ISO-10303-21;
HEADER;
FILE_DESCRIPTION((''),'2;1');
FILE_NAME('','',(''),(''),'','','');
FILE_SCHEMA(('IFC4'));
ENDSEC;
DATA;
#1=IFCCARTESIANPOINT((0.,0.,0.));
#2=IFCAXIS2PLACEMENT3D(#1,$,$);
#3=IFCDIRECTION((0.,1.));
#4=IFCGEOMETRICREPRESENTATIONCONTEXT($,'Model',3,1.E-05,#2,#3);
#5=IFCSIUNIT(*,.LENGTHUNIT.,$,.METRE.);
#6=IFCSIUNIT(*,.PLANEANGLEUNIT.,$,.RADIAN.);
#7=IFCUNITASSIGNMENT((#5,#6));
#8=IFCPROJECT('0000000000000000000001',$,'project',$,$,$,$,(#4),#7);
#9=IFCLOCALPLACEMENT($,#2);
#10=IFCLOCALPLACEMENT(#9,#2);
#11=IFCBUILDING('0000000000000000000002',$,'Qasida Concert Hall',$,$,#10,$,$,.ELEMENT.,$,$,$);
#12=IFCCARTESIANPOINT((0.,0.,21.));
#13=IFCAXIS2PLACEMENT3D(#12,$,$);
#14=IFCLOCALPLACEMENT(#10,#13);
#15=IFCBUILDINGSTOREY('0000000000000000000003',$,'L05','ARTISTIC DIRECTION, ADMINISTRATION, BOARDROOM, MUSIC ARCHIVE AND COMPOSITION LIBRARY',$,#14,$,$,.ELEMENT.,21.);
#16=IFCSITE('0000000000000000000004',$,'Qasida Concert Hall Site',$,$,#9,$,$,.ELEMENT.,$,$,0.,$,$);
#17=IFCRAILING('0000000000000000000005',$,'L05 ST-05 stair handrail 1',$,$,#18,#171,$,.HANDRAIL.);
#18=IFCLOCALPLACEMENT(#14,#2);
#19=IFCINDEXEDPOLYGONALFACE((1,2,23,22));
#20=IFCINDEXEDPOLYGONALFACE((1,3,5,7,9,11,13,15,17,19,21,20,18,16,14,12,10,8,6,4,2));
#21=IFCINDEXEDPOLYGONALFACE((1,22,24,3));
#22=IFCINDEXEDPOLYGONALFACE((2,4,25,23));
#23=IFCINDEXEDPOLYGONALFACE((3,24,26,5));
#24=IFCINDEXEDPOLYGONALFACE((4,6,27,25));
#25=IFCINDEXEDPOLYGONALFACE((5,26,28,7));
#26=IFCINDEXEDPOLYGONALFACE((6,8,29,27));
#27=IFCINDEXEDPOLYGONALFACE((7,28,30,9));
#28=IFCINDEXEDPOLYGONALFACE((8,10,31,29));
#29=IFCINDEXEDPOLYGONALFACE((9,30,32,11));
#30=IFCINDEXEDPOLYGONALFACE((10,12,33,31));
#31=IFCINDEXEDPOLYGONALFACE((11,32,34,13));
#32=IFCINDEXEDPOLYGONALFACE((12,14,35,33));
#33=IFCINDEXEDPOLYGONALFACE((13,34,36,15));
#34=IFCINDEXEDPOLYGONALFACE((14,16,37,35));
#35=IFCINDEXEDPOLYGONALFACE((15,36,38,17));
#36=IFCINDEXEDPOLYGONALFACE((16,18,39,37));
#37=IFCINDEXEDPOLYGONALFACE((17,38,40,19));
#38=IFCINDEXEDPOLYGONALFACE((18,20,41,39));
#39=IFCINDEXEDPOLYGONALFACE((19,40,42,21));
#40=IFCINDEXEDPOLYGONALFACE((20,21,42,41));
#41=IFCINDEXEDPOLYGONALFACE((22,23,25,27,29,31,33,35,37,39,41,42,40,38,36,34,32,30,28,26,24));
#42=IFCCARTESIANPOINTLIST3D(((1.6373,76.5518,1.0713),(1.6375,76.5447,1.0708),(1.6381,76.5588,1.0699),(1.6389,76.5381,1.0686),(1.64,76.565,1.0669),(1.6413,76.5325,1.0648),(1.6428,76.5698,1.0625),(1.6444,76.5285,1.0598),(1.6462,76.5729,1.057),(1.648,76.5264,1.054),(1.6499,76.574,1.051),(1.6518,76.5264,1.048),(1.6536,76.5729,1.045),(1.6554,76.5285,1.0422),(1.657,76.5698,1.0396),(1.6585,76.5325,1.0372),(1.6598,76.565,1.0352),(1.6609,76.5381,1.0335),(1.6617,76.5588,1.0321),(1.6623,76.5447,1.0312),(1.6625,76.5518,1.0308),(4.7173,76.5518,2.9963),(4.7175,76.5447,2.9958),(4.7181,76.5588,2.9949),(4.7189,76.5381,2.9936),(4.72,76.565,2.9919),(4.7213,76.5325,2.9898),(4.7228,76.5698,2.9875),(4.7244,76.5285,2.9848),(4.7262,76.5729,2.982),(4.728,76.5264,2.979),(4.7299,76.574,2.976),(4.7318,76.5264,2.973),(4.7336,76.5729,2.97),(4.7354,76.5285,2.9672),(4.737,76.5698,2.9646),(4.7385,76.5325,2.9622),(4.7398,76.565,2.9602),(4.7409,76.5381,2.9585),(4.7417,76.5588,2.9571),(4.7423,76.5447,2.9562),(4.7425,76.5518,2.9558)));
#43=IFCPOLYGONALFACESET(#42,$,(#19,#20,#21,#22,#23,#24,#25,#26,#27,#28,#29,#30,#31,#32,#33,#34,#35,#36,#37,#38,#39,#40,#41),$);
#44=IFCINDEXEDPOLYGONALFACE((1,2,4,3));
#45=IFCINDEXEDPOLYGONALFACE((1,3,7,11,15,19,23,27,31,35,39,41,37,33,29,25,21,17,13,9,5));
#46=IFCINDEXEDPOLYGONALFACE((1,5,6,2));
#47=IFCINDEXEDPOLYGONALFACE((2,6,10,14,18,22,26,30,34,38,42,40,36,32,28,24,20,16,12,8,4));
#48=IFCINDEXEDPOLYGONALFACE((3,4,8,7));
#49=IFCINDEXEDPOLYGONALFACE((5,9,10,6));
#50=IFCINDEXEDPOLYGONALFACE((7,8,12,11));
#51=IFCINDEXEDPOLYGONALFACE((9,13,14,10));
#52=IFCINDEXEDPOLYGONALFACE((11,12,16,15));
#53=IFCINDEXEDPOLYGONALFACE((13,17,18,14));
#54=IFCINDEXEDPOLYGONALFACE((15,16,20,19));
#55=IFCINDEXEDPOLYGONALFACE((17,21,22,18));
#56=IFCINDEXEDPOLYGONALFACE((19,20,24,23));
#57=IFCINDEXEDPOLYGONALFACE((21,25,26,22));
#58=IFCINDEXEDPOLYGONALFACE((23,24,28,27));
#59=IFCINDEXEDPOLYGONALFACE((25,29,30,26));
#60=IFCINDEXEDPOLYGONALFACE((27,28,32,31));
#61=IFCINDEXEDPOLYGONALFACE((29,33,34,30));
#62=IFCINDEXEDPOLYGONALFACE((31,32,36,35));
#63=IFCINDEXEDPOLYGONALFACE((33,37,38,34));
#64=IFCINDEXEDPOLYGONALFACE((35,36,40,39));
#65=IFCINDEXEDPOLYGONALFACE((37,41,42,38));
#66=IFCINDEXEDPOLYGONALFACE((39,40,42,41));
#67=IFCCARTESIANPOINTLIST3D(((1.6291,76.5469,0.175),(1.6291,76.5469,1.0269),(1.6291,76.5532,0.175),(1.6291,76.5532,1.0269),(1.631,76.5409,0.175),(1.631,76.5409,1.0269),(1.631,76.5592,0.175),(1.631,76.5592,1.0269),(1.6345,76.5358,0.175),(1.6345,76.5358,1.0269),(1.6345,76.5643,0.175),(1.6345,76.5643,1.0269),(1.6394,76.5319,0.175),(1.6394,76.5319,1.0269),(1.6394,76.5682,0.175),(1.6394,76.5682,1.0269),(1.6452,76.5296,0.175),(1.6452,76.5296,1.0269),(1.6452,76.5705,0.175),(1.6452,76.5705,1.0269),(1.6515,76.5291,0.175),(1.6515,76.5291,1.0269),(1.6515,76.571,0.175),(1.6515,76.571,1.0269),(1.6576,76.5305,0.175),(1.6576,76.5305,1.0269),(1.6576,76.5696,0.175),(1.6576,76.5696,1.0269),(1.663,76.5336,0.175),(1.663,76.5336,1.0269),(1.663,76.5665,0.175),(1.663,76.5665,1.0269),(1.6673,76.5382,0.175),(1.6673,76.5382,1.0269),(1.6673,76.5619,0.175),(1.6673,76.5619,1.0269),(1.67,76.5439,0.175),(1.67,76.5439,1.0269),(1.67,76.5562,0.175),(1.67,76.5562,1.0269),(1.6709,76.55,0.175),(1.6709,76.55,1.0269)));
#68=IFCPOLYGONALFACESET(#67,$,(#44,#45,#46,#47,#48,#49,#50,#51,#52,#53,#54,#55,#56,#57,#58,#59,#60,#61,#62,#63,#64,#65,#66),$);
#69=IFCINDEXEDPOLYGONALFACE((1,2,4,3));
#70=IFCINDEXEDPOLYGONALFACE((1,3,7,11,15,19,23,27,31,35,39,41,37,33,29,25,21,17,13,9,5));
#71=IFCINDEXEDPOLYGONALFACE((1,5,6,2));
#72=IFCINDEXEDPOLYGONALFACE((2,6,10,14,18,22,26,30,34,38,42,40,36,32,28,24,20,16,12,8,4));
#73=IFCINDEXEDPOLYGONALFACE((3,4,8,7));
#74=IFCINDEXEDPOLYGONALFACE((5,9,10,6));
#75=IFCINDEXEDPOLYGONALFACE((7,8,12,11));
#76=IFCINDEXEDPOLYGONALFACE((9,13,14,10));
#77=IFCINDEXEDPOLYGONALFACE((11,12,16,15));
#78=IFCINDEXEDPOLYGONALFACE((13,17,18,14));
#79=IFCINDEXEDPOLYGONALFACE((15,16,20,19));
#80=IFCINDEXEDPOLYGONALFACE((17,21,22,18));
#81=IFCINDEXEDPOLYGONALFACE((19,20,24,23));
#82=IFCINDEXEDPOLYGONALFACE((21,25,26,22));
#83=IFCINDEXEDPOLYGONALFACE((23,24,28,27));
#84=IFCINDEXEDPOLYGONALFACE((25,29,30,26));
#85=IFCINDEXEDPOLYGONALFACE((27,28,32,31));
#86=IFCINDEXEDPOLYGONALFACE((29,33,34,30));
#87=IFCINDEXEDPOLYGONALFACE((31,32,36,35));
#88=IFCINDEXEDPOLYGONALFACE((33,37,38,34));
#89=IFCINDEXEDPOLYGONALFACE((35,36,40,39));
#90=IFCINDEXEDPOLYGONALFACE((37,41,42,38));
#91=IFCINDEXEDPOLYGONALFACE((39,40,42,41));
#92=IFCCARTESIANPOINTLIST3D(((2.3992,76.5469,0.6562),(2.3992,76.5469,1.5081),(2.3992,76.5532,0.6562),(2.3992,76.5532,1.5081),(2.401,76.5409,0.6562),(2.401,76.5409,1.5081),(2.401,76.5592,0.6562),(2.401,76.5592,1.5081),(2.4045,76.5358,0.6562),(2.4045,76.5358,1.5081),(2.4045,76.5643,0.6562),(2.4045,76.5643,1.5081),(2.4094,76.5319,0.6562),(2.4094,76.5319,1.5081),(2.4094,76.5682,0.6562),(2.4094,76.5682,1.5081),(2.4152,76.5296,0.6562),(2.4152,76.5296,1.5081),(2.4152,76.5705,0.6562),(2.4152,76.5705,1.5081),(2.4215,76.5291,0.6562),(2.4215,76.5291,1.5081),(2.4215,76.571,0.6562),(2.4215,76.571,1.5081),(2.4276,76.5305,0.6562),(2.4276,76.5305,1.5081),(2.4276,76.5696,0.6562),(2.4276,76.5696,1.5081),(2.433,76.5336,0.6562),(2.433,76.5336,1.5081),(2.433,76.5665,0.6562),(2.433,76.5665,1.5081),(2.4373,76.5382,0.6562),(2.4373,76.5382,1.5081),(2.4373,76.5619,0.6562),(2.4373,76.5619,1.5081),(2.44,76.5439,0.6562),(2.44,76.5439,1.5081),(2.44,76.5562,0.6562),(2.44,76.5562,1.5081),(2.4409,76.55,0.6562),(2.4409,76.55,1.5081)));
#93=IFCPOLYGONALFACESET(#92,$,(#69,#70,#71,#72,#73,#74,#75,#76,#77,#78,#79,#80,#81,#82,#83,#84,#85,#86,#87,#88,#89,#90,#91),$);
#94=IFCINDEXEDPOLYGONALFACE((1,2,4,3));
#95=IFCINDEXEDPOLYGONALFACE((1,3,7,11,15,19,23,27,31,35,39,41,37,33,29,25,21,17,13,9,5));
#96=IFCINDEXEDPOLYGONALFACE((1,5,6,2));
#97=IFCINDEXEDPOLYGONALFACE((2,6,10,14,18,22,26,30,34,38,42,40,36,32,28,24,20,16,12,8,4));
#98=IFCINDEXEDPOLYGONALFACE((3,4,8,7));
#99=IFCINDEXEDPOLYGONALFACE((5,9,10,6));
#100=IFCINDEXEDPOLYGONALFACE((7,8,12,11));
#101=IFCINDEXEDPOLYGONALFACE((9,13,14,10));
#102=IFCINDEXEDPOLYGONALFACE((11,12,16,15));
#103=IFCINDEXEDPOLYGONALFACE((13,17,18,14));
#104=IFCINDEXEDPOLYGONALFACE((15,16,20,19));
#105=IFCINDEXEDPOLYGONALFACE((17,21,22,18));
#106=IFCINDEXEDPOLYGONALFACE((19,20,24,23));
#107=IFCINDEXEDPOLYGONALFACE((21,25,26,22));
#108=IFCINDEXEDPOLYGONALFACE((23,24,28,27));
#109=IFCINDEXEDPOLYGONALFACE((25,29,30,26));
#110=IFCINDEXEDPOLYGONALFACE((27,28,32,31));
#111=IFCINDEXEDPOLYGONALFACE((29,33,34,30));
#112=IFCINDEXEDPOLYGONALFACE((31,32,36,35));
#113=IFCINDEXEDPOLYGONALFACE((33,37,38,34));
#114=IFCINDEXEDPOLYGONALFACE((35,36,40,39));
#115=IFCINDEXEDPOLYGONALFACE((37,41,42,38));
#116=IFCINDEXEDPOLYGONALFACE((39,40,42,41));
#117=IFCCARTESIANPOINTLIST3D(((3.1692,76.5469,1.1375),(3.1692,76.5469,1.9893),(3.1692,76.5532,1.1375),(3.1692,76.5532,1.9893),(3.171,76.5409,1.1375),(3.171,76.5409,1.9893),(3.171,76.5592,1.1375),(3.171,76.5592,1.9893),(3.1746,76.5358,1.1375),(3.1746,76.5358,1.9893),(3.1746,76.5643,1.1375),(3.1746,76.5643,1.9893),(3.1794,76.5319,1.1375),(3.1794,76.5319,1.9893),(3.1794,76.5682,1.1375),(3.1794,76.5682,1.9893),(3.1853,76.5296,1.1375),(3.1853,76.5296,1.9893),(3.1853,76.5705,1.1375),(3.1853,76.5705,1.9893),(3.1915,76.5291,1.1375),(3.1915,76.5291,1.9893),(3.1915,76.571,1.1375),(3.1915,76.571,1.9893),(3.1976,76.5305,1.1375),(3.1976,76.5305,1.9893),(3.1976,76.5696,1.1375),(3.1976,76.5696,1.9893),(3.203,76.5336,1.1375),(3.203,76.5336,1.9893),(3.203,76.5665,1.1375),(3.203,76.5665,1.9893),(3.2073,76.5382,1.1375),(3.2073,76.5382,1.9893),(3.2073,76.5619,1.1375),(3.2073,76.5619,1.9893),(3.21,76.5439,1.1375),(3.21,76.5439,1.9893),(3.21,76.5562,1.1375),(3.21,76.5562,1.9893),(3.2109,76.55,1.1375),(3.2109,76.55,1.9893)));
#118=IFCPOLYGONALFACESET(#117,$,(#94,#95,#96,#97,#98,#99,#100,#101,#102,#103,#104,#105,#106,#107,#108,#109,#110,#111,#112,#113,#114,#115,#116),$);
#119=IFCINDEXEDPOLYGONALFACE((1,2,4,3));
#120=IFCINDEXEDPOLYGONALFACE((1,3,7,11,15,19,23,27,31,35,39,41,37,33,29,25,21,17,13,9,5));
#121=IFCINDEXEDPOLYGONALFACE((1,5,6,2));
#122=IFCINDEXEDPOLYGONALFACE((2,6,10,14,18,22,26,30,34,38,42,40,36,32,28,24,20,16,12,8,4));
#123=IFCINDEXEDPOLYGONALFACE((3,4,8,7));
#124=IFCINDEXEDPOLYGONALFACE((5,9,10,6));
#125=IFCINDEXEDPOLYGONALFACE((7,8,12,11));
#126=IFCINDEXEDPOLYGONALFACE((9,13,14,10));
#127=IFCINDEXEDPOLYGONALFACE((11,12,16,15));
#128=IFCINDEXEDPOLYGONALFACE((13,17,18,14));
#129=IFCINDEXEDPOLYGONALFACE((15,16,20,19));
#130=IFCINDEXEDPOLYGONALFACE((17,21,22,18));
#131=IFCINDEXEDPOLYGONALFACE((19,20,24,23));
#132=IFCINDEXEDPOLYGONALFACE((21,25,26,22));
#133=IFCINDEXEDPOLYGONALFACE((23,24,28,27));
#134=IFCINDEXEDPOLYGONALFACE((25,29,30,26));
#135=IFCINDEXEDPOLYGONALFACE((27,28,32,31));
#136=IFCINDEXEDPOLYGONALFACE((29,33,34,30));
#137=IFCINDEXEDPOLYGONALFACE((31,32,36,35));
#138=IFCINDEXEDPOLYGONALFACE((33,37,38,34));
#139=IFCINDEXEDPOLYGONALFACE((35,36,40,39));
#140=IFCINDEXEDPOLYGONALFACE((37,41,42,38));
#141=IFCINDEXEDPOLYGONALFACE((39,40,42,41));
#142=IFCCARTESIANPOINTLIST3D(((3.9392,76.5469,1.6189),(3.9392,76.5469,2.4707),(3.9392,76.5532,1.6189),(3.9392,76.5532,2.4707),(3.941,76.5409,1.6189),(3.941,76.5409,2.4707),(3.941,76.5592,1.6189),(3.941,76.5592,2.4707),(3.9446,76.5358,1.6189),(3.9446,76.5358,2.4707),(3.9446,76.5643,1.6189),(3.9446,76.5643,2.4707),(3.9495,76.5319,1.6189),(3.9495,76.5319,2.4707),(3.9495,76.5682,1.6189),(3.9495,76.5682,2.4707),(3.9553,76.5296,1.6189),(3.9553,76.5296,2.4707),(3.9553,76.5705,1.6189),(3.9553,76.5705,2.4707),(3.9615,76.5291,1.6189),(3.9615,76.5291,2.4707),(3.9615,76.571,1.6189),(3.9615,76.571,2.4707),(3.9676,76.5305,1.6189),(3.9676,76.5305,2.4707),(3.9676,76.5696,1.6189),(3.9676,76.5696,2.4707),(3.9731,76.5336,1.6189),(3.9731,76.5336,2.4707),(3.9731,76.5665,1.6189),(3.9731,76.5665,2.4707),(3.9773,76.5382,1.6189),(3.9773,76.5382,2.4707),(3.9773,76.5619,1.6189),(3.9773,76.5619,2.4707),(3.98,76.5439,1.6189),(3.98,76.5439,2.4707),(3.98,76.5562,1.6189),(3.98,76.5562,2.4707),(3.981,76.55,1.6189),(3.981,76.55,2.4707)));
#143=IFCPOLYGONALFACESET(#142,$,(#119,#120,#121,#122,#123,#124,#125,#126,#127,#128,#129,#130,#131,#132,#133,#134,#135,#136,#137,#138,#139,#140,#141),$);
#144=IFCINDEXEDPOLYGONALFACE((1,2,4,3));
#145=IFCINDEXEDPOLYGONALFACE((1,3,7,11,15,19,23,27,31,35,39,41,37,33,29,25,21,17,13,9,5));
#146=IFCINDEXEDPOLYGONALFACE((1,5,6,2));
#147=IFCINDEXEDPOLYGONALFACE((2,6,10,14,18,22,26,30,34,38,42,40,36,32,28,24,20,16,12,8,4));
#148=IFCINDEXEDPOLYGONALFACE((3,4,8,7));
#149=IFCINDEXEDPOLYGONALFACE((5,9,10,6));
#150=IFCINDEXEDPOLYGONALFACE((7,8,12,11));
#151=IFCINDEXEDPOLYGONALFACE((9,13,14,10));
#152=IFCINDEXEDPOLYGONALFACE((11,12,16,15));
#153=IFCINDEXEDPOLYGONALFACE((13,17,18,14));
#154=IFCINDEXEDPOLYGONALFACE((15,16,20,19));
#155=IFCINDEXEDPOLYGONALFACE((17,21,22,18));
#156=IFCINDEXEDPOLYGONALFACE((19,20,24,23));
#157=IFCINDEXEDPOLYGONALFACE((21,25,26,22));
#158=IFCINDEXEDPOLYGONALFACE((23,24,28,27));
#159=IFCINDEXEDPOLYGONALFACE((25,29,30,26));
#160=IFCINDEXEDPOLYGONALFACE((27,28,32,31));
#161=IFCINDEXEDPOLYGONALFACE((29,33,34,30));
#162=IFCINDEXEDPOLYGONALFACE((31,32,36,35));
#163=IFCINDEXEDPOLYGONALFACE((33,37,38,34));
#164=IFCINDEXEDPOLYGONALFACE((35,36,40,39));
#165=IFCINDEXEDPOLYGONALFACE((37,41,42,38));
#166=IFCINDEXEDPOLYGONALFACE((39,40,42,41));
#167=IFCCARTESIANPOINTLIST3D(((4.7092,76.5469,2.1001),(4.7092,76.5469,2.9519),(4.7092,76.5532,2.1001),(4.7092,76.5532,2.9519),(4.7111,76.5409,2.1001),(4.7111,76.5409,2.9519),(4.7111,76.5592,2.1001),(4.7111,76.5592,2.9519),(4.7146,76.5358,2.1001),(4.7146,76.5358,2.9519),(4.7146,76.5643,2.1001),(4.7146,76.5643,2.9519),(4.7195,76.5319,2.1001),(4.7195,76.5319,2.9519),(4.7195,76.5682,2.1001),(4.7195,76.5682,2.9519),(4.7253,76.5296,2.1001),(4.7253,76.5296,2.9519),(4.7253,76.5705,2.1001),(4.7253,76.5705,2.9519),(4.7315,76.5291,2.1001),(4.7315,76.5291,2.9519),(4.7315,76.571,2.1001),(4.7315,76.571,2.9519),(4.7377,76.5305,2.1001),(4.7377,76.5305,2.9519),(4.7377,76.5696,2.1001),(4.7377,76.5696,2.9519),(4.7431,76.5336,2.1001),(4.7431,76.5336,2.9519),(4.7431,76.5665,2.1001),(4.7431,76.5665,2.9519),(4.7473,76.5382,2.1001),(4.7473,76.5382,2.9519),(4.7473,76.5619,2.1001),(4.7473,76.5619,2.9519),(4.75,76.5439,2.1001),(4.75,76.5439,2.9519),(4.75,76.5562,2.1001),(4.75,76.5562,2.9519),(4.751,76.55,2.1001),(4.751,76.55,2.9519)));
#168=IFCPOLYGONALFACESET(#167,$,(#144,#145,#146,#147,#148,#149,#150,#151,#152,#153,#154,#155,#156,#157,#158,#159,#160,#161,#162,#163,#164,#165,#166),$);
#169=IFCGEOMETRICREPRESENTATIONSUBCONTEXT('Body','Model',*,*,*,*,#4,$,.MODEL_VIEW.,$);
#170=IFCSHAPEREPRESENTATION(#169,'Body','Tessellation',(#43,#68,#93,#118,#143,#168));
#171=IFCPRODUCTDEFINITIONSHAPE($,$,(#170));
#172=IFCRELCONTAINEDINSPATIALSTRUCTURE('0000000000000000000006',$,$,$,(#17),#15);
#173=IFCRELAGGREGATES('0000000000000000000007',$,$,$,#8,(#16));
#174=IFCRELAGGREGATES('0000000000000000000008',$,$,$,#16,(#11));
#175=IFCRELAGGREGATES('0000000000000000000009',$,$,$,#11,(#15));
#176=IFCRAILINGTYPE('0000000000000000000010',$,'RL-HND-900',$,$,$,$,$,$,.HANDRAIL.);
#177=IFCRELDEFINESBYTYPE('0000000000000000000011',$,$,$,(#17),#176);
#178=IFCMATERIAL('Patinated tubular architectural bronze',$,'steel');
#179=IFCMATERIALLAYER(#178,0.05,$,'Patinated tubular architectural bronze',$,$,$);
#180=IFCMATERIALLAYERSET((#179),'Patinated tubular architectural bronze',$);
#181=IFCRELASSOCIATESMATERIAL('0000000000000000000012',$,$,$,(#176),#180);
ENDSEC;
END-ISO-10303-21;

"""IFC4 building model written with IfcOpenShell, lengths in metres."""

from ifc_helpers import new_model, si_unit, direction, frame, origin, origin_2d, place, context, subcontext, project, spatial, circle, extrude, material, layer, layer_set, type_object, element, save


model = new_model("IFC4")

# Units and contexts
model_context = context("Model", 3, precision=1e-05, world=origin(), true_north=direction((0.0, 1.0)))
body_context = subcontext(model_context, "Body", "Model", "MODEL_VIEW")
ifc_project = project(units=[si_unit("LENGTHUNIT", "METRE"), si_unit("PLANEANGLEUNIT", "RADIAN")], contexts=[model_context])

# Site, building, storey
site_placement = place(None, origin())
site = spatial("IfcSite", under=ifc_project, at=site_placement, Name="Qasida Concert Hall Site", CompositionType="ELEMENT", RefElevation=0.0)
building_placement = place(site_placement, origin())
building = spatial("IfcBuilding", under=site, at=building_placement, Name="Qasida Concert Hall", CompositionType="ELEMENT")
storey_placement = place(building_placement, frame((0.0, 0.0, 21.0)))
storey = spatial("IfcBuildingStorey", under=building, at=storey_placement, Name="L05", Description="ARTISTIC DIRECTION, ADMINISTRATION, BOARDROOM, MUSIC ARCHIVE AND COMPOSITION LIBRARY", CompositionType="ELEMENT", Elevation=21.0)

# Railing
ifc_material_1 = material(Name="Patinated tubular architectural bronze", Category="steel")
ifc_layer_1 = layer(ifc_material_1, 0.05, Name="Patinated tubular architectural bronze")
ifc_layer_set_1 = layer_set([ifc_layer_1], Name="Patinated tubular architectural bronze")
railing_type_1 = type_object("IfcRailingType", Name="RL-HND-900", PredefinedType="HANDRAIL", material=ifc_layer_set_1)
railing_1_placement = place(storey_placement, frame((1.6499, 76.55, 0.175)))
element("IfcRailing", 1, at=railing_1_placement, inside=storey, type_object=railing_type_1, Name="L05 ST-05 stair handrail 1", PredefinedType="HANDRAIL", context=body_context, shape_type="SweptSolid", body=[
    extrude(circle(Radius=0.0239, at=origin_2d()), frame((0.0, 0.0, 0.876), z_axis=(0.847998, 0.0, 0.529999), x_axis=(0.0, 1.0, 0.0)), (0.0, 0.0, 1.0), 3.6321),
    extrude(circle(Radius=0.021, at=origin_2d()), origin(), (0.0, 0.0, 1.0), 0.8518),
    extrude(circle(Radius=0.021, at=origin_2d()), frame((0.77, 0.0, 0.4812)), (0.0, 0.0, 1.0), 0.8518),
    extrude(circle(Radius=0.021, at=origin_2d()), frame((1.54, 0.0, 0.9624)), (0.0, 0.0, 1.0), 0.8518),
    extrude(circle(Radius=0.021, at=origin_2d()), frame((2.3101, 0.0, 1.4438)), (0.0, 0.0, 1.0), 0.8518),
    extrude(circle(Radius=0.021, at=origin_2d()), frame((3.0801, 0.0, 1.925)), (0.0, 0.0, 1.0), 0.8518),
])

save(model, "model.ifc")
